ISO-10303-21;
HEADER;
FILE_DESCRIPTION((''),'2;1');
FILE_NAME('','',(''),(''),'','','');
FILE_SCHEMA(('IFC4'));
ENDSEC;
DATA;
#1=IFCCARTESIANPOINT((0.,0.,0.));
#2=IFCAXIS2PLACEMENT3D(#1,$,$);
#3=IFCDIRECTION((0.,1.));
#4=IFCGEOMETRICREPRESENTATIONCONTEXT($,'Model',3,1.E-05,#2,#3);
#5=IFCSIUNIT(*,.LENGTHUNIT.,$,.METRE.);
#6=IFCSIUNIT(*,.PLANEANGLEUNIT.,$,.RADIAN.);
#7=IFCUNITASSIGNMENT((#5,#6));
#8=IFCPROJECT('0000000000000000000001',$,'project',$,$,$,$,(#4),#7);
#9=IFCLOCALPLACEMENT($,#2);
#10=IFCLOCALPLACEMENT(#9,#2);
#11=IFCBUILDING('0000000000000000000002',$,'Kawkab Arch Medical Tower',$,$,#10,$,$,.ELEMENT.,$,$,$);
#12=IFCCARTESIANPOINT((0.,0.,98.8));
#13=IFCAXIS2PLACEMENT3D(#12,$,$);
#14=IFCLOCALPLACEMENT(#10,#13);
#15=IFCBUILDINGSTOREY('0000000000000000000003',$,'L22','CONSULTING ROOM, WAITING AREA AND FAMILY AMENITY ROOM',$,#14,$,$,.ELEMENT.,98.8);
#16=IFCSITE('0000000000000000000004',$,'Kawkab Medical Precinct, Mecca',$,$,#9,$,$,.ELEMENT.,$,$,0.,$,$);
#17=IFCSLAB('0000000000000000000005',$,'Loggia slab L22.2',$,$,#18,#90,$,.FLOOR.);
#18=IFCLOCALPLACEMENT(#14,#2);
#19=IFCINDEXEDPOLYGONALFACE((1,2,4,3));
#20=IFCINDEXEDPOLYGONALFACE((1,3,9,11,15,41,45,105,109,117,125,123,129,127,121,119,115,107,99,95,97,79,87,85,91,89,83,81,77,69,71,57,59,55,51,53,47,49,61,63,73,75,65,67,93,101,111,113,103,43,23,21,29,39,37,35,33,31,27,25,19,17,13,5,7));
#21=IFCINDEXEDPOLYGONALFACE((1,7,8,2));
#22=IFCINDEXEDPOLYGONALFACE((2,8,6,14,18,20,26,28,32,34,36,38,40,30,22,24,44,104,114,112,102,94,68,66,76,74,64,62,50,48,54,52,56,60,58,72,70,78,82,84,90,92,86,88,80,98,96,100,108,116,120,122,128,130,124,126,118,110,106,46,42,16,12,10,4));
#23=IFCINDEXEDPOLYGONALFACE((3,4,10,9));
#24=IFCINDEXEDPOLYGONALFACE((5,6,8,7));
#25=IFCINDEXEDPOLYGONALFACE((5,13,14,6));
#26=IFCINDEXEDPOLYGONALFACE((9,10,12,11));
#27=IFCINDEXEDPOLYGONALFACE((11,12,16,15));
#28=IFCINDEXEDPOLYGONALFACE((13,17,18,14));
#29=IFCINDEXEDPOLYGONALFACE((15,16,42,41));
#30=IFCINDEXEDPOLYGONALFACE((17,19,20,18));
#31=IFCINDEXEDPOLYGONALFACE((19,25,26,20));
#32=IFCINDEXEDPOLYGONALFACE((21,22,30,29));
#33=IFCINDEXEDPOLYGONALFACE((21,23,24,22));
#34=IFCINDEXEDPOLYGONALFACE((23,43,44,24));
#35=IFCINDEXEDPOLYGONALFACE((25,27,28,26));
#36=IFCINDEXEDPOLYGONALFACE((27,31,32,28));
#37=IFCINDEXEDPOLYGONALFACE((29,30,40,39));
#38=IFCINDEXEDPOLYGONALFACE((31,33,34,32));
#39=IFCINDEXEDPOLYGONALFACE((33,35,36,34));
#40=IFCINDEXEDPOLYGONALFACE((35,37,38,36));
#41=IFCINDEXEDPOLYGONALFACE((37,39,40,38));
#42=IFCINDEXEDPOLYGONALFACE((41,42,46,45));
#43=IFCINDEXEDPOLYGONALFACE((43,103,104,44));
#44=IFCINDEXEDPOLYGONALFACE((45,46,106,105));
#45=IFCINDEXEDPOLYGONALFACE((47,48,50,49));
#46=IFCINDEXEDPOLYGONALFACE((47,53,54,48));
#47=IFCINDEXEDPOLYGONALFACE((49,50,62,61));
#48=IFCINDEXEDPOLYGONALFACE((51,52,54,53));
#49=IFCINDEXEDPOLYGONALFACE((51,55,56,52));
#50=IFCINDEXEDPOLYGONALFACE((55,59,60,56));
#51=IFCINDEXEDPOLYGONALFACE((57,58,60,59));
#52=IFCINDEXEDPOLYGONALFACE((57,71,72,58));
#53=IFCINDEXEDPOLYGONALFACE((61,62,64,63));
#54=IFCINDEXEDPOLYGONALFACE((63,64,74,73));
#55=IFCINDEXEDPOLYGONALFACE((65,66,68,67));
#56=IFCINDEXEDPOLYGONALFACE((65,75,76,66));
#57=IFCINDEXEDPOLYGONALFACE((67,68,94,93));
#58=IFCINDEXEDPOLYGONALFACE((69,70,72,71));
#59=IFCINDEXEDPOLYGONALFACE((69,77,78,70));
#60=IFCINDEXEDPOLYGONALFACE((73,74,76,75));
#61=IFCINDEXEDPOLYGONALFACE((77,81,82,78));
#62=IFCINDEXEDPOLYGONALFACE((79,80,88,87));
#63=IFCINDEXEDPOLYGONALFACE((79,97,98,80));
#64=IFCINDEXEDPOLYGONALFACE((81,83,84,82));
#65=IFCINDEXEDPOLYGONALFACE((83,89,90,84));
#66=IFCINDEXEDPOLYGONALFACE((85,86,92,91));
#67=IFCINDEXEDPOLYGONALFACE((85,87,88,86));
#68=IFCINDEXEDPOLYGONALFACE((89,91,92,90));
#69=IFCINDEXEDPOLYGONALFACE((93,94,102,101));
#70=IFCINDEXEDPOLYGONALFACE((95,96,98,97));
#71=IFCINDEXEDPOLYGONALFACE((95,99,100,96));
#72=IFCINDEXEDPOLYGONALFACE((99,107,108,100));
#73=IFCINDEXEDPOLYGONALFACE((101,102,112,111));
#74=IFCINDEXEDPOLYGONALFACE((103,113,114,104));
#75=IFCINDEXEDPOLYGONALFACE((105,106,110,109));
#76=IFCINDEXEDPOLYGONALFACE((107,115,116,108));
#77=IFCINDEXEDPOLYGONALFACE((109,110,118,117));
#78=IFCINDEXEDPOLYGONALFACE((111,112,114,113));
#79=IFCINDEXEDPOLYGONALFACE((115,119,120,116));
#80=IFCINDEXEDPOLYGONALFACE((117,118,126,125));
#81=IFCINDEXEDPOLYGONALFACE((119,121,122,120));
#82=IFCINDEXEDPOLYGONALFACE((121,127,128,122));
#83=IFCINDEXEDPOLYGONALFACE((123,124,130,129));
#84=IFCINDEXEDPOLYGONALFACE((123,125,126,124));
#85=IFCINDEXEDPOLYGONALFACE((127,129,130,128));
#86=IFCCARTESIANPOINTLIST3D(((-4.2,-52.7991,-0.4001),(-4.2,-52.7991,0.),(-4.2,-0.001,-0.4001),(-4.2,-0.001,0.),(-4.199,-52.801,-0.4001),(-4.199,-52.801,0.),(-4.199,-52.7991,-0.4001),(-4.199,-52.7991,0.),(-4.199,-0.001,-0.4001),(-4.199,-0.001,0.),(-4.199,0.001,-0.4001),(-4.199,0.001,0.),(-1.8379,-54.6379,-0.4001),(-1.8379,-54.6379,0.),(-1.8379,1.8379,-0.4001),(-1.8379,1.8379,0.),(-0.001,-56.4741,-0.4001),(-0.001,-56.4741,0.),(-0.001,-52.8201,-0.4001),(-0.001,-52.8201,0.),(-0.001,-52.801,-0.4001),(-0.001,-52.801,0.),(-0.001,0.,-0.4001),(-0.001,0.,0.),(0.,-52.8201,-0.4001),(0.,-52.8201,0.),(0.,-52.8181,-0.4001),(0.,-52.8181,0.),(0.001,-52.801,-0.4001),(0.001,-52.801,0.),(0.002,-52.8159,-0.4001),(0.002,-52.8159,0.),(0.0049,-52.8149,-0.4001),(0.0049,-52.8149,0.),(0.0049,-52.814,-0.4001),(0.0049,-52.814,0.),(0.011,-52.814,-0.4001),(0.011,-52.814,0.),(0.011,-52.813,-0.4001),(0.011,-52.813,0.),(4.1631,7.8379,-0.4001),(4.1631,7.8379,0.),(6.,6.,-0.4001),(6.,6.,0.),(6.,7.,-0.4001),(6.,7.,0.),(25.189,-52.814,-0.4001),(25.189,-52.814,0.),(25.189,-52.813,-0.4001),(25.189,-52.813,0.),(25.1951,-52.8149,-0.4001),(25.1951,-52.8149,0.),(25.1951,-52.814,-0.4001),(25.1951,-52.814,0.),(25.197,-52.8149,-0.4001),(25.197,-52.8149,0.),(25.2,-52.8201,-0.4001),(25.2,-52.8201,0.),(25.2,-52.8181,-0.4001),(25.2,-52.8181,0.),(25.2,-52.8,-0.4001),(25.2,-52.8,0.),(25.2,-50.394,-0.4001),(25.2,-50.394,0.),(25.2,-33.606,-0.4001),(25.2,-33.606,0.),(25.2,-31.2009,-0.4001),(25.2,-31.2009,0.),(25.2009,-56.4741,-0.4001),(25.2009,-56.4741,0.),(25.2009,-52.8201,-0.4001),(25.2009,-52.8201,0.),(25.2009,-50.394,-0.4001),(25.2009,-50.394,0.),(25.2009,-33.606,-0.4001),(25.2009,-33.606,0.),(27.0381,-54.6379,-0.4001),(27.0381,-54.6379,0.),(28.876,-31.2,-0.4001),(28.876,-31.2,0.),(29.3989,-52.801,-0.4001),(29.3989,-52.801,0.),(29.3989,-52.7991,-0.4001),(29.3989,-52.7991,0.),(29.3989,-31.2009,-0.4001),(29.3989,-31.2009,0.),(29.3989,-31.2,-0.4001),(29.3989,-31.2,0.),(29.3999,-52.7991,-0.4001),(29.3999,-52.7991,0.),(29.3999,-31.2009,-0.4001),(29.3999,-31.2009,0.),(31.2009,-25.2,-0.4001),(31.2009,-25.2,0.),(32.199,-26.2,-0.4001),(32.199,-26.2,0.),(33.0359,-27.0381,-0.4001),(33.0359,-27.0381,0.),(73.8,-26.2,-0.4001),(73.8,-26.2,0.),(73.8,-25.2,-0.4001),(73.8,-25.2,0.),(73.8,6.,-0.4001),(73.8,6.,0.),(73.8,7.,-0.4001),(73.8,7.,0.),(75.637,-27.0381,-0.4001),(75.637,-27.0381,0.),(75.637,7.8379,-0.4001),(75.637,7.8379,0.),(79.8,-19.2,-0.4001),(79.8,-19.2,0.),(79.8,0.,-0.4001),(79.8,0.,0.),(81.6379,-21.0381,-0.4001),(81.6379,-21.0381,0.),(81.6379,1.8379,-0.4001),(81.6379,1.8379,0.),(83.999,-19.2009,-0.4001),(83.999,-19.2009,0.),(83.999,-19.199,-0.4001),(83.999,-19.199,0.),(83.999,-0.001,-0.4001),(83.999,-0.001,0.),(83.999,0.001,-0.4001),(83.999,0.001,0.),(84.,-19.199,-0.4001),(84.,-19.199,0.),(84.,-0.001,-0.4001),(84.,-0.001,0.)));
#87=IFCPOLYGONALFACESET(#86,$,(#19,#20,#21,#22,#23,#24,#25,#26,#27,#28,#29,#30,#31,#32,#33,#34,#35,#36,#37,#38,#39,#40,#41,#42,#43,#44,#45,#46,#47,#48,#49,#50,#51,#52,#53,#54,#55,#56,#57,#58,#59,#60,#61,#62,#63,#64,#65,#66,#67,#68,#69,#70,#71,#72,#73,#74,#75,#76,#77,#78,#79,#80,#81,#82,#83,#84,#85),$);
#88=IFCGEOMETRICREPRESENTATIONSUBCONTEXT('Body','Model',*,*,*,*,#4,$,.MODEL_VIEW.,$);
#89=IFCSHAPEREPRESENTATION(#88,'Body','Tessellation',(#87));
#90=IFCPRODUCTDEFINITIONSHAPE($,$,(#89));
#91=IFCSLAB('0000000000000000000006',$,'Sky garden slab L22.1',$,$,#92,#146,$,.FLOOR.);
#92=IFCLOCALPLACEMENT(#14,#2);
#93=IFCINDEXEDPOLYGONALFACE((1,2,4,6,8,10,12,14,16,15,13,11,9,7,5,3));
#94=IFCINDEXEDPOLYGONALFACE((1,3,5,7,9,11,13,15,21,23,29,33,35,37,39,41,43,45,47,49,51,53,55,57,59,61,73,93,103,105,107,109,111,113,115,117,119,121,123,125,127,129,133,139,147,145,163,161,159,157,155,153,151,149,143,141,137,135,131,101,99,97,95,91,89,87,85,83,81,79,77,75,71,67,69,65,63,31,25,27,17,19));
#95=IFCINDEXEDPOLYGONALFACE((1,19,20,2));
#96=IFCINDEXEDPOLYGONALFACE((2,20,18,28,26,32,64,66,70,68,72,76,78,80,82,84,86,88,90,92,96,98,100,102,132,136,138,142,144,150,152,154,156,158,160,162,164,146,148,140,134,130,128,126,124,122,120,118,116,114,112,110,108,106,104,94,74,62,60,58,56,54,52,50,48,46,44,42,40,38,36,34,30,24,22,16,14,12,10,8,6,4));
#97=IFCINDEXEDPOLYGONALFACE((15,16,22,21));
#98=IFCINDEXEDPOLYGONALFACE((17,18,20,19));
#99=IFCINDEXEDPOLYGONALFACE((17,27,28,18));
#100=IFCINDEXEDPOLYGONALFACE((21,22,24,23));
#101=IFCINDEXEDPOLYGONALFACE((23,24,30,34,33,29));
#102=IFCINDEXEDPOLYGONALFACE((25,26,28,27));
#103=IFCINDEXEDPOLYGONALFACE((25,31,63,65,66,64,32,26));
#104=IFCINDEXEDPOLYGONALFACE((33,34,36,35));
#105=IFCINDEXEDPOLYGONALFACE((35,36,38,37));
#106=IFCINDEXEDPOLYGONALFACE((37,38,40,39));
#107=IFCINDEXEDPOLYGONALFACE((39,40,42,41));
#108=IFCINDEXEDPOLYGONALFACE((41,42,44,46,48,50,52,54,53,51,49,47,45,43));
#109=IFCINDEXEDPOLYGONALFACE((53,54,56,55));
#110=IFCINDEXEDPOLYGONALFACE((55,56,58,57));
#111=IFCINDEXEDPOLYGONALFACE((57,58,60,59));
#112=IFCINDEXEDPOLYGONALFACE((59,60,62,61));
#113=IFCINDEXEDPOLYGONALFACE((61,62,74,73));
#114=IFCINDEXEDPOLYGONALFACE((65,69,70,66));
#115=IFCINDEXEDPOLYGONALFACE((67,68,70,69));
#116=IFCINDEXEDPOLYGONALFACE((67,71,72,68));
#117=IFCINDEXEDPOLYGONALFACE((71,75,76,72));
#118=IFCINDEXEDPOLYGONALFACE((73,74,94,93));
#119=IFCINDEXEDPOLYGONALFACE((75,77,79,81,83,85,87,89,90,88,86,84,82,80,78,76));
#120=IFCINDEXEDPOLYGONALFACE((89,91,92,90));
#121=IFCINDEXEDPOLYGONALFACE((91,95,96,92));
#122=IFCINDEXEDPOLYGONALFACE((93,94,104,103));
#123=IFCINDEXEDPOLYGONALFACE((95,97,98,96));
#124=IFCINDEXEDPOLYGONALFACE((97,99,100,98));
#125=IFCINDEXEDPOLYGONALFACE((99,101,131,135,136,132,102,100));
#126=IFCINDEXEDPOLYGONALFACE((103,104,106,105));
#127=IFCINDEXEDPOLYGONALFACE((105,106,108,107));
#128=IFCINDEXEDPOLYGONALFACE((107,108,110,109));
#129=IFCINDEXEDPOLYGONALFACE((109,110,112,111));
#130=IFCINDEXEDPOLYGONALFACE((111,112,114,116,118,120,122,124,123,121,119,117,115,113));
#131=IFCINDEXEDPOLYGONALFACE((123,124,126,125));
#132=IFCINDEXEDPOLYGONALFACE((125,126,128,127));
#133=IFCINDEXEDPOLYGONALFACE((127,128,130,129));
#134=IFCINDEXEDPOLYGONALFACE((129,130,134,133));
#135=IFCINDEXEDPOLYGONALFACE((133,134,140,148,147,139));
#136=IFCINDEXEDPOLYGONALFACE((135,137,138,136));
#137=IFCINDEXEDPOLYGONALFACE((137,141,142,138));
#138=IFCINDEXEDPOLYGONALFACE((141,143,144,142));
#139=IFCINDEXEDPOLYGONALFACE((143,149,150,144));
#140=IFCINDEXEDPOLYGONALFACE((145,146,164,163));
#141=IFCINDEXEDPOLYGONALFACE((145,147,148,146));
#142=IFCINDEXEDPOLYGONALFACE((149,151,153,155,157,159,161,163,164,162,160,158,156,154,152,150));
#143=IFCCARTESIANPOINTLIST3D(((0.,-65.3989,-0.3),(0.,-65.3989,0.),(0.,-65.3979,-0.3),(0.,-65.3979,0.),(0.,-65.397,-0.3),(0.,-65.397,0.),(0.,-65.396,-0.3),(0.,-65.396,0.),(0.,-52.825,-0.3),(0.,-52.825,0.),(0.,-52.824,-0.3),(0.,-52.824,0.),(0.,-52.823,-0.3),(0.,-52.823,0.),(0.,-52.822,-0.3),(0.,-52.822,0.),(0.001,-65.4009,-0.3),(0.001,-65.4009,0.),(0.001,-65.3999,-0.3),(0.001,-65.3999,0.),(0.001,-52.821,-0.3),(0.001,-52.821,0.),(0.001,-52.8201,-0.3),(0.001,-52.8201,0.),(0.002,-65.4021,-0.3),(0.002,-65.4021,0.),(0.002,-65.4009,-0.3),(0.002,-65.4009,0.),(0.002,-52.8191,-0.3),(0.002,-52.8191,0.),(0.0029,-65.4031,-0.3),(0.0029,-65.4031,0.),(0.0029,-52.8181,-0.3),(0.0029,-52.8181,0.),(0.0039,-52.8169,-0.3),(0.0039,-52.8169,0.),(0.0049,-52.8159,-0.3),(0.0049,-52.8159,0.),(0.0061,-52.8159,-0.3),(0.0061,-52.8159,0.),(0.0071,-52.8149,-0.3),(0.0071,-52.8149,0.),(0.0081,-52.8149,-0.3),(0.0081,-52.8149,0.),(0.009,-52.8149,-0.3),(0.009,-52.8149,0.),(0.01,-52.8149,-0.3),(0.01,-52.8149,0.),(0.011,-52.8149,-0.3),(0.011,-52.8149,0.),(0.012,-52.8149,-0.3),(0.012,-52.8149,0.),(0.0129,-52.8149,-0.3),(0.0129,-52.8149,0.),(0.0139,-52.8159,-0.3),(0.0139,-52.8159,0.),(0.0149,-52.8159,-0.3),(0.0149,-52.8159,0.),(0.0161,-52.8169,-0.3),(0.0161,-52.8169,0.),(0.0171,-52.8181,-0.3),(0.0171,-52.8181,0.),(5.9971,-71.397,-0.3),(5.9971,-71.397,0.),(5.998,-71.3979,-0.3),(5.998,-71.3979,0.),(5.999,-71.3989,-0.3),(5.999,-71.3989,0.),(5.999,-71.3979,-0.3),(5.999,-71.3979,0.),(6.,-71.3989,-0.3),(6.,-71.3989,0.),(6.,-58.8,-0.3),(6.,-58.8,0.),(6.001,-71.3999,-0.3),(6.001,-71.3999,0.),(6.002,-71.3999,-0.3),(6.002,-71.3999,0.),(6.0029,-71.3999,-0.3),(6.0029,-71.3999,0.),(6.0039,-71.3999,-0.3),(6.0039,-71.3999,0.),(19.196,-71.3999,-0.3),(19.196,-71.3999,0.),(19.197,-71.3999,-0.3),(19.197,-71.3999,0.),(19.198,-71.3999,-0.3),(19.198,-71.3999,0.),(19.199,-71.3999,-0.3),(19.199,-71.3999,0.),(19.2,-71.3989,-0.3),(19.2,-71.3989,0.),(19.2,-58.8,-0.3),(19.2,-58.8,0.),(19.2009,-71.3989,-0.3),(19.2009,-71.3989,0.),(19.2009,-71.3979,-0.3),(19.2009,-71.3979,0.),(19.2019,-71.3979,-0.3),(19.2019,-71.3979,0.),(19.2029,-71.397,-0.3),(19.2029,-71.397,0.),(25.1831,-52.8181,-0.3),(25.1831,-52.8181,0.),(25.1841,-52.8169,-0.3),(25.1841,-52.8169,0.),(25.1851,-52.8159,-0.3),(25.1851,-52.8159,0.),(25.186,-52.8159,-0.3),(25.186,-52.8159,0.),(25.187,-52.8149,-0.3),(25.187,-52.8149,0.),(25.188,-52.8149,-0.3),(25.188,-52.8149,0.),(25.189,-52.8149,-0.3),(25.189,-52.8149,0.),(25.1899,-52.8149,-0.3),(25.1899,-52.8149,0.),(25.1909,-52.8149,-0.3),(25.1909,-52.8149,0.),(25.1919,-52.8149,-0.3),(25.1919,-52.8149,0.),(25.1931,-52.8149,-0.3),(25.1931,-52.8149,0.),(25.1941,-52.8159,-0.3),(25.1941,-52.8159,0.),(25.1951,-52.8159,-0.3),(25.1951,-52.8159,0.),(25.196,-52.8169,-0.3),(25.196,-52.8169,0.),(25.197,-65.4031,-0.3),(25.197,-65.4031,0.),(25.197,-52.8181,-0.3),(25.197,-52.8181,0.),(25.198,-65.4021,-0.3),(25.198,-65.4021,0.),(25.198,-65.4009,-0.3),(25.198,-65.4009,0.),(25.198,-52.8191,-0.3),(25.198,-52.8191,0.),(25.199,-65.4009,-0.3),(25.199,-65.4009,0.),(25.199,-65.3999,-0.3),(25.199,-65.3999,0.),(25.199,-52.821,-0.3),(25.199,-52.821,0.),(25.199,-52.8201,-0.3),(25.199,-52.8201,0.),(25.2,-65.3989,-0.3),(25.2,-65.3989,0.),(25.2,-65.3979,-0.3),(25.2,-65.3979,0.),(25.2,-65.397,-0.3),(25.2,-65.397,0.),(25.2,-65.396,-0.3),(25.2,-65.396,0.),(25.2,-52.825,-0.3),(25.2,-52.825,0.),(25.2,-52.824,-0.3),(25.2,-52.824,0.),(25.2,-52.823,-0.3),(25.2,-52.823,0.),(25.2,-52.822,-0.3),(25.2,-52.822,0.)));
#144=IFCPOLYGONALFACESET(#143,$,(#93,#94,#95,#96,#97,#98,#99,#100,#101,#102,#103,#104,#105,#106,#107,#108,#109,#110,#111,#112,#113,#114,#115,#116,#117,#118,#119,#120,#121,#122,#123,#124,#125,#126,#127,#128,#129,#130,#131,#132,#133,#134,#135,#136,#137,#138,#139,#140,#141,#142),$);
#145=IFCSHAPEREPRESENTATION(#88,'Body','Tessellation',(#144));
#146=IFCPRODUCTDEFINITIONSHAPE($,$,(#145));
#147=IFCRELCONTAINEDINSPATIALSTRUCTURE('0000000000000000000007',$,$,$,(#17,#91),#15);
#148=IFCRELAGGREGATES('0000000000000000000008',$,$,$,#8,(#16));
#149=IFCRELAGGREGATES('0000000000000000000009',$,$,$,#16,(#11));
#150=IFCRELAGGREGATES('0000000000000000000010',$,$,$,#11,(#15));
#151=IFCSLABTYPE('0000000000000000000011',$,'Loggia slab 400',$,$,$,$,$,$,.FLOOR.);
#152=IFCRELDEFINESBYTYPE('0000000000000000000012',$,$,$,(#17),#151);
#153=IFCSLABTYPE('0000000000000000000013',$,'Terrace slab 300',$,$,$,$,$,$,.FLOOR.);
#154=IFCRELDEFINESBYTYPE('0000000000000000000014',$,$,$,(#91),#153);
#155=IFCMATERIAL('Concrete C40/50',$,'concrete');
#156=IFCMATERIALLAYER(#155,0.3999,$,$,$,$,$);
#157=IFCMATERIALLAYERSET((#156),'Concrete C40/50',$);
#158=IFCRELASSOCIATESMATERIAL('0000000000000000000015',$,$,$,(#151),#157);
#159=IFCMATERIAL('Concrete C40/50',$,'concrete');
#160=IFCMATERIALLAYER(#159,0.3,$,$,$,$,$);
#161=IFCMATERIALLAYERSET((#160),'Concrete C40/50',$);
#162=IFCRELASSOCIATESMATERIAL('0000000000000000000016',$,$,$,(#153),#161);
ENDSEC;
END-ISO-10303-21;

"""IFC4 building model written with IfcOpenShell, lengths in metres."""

from ifc_helpers import new_model, si_unit, direction, frame, origin, place, context, subcontext, project, spatial, polyline, outline, extrude, material, layer, layer_set, type_object, element, save


model = new_model("IFC4")

# Units and contexts
model_context = context("Model", 3, precision=1e-05, world=origin(), true_north=direction((0.0, 1.0)))
body_context = subcontext(model_context, "Body", "Model", "MODEL_VIEW")
ifc_project = project(units=[si_unit("LENGTHUNIT", "METRE"), si_unit("PLANEANGLEUNIT", "RADIAN")], contexts=[model_context])

# Site, building, storey
site_placement = place(None, origin())
site = spatial("IfcSite", under=ifc_project, at=site_placement, Name="Kawkab Medical Precinct, Mecca", CompositionType="ELEMENT", RefElevation=0.0)
building_placement = place(site_placement, origin())
building = spatial("IfcBuilding", under=site, at=building_placement, Name="Kawkab Arch Medical Tower", CompositionType="ELEMENT")
storey_placement = place(building_placement, frame((0.0, 0.0, 98.8)))
storey = spatial("IfcBuildingStorey", under=building, at=storey_placement, Name="L22", Description="CONSULTING ROOM, WAITING AREA AND FAMILY AMENITY ROOM", CompositionType="ELEMENT", Elevation=98.8)

# Slabs
ifc_material_1 = material(Name="Concrete C40/50", Category="concrete")
ifc_layer_1 = layer(ifc_material_1, 0.3999)
ifc_layer_set_1 = layer_set([ifc_layer_1], Name="Concrete C40/50")
slab_type_1 = type_object("IfcSlabType", Name="Loggia slab 400", PredefinedType="FLOOR", material=ifc_layer_set_1)
slab_1_placement = place(storey_placement, frame((0.0, 0.0, -0.4001)))
element("IfcSlab", 1, at=slab_1_placement, inside=storey, type_object=slab_type_1, Name="Loggia slab L22.2", PredefinedType="FLOOR", context=body_context, shape_type="SweptSolid", body=[
    extrude(outline(polyline([(-4.2, -52.7991), (-4.2, -0.001), (-4.199, -0.001), (-4.199, 0.001), (-1.8379, 1.8379), (4.1631, 7.8379), (6.0, 7.0), (73.8, 7.0), (75.637, 7.8379), (81.6379, 1.8379), (83.999, 0.001), (83.999, -0.001), (84.0, -0.001), (84.0, -19.199), (83.999, -19.199), (83.999, -19.2009), (81.6379, -21.0381), (75.637, -27.0381), (73.8, -26.2), (32.199, -26.2), (33.0359, -27.0381), (28.876, -31.2), (29.3989, -31.2), (29.3989, -31.2009), (29.3999, -31.2009), (29.3999, -52.7991), (29.3989, -52.7991), (29.3989, -52.801), (27.0381, -54.6379), (25.2009, -56.4741), (25.2009, -52.8201), (25.2, -52.8201), (25.2, -52.8181), (25.197, -52.8149), (25.1951, -52.8149), (25.1951, -52.814), (25.189, -52.814), (25.189, -52.813), (25.2, -52.8), (25.2, -50.394), (25.2009, -50.394), (25.2009, -33.606), (25.2, -33.606), (25.2, -31.2009), (31.2009, -25.2), (73.8, -25.2), (79.8, -19.2), (79.8, 0.0), (73.8, 6.0), (6.0, 6.0), (-0.001, 0.0), (-0.001, -52.801), (0.001, -52.801), (0.011, -52.813), (0.011, -52.814), (0.0049, -52.814), (0.0049, -52.8149), (0.002, -52.8159), (0.0, -52.8181), (0.0, -52.8201), (-0.001, -52.8201), (-0.001, -56.4741), (-1.8379, -54.6379), (-4.199, -52.801), (-4.199, -52.7991), (-4.2, -52.7991)])), origin(), (0.0, 0.0, 1.0), 0.4001),
])
ifc_material_2 = material(Name="Concrete C40/50", Category="concrete")
ifc_layer_2 = layer(ifc_material_2, 0.3)
ifc_layer_set_2 = layer_set([ifc_layer_2], Name="Concrete C40/50")
slab_type_2 = type_object("IfcSlabType", Name="Terrace slab 300", PredefinedType="FLOOR", material=ifc_layer_set_2)
placement_1 = place(storey_placement, frame((0.0, 0.0, -0.3)))
element("IfcSlab", 2, at=placement_1, inside=storey, type_object=slab_type_2, Name="Sky garden slab L22.1", PredefinedType="FLOOR", context=body_context, shape_type="SweptSolid", body=[
    extrude(outline(polyline([(25.2, -65.3979), (25.2, -65.397), (25.2, -65.396), (25.2, -52.825), (25.2, -52.824), (25.2, -52.823), (25.2, -52.822), (25.199, -52.821), (25.199, -52.8201), (25.198, -52.8191), (25.197, -52.8181), (25.196, -52.8169), (25.1951, -52.8159), (25.1941, -52.8159), (25.1931, -52.8149), (25.1919, -52.8149), (25.1909, -52.8149), (25.1899, -52.8149), (25.189, -52.8149), (25.188, -52.8149), (25.187, -52.8149), (25.186, -52.8159), (25.1851, -52.8159), (25.1841, -52.8169), (25.1831, -52.8181), (19.2, -58.8), (6.0, -58.8), (0.0171, -52.8181), (0.0161, -52.8169), (0.0149, -52.8159), (0.0139, -52.8159), (0.0129, -52.8149), (0.012, -52.8149), (0.011, -52.8149), (0.01, -52.8149), (0.009, -52.8149), (0.0081, -52.8149), (0.0071, -52.8149), (0.0061, -52.8159), (0.0049, -52.8159), (0.0039, -52.8169), (0.0029, -52.8181), (0.002, -52.8191), (0.001, -52.8201), (0.001, -52.821), (0.0, -52.822), (0.0, -52.823), (0.0, -52.824), (0.0, -52.825), (0.0, -65.396), (0.0, -65.397), (0.0, -65.3979), (0.0, -65.3989), (0.001, -65.3999), (0.001, -65.4009), (0.002, -65.4009), (0.002, -65.4021), (0.0029, -65.4031), (5.9971, -71.397), (5.998, -71.3979), (5.999, -71.3979), (5.999, -71.3989), (6.0, -71.3989), (6.001, -71.3999), (6.002, -71.3999), (6.0029, -71.3999), (6.0039, -71.3999), (19.196, -71.3999), (19.197, -71.3999), (19.198, -71.3999), (19.199, -71.3999), (19.2, -71.3989), (19.2009, -71.3989), (19.2009, -71.3979), (19.2019, -71.3979), (19.2029, -71.397), (25.197, -65.4031), (25.198, -65.4021), (25.198, -65.4009), (25.199, -65.4009), (25.199, -65.3999), (25.2, -65.3989), (25.2, -65.3979)])), origin(), (0.0, 0.0, 1.0), 0.3),
])

save(model, "model.ifc")
